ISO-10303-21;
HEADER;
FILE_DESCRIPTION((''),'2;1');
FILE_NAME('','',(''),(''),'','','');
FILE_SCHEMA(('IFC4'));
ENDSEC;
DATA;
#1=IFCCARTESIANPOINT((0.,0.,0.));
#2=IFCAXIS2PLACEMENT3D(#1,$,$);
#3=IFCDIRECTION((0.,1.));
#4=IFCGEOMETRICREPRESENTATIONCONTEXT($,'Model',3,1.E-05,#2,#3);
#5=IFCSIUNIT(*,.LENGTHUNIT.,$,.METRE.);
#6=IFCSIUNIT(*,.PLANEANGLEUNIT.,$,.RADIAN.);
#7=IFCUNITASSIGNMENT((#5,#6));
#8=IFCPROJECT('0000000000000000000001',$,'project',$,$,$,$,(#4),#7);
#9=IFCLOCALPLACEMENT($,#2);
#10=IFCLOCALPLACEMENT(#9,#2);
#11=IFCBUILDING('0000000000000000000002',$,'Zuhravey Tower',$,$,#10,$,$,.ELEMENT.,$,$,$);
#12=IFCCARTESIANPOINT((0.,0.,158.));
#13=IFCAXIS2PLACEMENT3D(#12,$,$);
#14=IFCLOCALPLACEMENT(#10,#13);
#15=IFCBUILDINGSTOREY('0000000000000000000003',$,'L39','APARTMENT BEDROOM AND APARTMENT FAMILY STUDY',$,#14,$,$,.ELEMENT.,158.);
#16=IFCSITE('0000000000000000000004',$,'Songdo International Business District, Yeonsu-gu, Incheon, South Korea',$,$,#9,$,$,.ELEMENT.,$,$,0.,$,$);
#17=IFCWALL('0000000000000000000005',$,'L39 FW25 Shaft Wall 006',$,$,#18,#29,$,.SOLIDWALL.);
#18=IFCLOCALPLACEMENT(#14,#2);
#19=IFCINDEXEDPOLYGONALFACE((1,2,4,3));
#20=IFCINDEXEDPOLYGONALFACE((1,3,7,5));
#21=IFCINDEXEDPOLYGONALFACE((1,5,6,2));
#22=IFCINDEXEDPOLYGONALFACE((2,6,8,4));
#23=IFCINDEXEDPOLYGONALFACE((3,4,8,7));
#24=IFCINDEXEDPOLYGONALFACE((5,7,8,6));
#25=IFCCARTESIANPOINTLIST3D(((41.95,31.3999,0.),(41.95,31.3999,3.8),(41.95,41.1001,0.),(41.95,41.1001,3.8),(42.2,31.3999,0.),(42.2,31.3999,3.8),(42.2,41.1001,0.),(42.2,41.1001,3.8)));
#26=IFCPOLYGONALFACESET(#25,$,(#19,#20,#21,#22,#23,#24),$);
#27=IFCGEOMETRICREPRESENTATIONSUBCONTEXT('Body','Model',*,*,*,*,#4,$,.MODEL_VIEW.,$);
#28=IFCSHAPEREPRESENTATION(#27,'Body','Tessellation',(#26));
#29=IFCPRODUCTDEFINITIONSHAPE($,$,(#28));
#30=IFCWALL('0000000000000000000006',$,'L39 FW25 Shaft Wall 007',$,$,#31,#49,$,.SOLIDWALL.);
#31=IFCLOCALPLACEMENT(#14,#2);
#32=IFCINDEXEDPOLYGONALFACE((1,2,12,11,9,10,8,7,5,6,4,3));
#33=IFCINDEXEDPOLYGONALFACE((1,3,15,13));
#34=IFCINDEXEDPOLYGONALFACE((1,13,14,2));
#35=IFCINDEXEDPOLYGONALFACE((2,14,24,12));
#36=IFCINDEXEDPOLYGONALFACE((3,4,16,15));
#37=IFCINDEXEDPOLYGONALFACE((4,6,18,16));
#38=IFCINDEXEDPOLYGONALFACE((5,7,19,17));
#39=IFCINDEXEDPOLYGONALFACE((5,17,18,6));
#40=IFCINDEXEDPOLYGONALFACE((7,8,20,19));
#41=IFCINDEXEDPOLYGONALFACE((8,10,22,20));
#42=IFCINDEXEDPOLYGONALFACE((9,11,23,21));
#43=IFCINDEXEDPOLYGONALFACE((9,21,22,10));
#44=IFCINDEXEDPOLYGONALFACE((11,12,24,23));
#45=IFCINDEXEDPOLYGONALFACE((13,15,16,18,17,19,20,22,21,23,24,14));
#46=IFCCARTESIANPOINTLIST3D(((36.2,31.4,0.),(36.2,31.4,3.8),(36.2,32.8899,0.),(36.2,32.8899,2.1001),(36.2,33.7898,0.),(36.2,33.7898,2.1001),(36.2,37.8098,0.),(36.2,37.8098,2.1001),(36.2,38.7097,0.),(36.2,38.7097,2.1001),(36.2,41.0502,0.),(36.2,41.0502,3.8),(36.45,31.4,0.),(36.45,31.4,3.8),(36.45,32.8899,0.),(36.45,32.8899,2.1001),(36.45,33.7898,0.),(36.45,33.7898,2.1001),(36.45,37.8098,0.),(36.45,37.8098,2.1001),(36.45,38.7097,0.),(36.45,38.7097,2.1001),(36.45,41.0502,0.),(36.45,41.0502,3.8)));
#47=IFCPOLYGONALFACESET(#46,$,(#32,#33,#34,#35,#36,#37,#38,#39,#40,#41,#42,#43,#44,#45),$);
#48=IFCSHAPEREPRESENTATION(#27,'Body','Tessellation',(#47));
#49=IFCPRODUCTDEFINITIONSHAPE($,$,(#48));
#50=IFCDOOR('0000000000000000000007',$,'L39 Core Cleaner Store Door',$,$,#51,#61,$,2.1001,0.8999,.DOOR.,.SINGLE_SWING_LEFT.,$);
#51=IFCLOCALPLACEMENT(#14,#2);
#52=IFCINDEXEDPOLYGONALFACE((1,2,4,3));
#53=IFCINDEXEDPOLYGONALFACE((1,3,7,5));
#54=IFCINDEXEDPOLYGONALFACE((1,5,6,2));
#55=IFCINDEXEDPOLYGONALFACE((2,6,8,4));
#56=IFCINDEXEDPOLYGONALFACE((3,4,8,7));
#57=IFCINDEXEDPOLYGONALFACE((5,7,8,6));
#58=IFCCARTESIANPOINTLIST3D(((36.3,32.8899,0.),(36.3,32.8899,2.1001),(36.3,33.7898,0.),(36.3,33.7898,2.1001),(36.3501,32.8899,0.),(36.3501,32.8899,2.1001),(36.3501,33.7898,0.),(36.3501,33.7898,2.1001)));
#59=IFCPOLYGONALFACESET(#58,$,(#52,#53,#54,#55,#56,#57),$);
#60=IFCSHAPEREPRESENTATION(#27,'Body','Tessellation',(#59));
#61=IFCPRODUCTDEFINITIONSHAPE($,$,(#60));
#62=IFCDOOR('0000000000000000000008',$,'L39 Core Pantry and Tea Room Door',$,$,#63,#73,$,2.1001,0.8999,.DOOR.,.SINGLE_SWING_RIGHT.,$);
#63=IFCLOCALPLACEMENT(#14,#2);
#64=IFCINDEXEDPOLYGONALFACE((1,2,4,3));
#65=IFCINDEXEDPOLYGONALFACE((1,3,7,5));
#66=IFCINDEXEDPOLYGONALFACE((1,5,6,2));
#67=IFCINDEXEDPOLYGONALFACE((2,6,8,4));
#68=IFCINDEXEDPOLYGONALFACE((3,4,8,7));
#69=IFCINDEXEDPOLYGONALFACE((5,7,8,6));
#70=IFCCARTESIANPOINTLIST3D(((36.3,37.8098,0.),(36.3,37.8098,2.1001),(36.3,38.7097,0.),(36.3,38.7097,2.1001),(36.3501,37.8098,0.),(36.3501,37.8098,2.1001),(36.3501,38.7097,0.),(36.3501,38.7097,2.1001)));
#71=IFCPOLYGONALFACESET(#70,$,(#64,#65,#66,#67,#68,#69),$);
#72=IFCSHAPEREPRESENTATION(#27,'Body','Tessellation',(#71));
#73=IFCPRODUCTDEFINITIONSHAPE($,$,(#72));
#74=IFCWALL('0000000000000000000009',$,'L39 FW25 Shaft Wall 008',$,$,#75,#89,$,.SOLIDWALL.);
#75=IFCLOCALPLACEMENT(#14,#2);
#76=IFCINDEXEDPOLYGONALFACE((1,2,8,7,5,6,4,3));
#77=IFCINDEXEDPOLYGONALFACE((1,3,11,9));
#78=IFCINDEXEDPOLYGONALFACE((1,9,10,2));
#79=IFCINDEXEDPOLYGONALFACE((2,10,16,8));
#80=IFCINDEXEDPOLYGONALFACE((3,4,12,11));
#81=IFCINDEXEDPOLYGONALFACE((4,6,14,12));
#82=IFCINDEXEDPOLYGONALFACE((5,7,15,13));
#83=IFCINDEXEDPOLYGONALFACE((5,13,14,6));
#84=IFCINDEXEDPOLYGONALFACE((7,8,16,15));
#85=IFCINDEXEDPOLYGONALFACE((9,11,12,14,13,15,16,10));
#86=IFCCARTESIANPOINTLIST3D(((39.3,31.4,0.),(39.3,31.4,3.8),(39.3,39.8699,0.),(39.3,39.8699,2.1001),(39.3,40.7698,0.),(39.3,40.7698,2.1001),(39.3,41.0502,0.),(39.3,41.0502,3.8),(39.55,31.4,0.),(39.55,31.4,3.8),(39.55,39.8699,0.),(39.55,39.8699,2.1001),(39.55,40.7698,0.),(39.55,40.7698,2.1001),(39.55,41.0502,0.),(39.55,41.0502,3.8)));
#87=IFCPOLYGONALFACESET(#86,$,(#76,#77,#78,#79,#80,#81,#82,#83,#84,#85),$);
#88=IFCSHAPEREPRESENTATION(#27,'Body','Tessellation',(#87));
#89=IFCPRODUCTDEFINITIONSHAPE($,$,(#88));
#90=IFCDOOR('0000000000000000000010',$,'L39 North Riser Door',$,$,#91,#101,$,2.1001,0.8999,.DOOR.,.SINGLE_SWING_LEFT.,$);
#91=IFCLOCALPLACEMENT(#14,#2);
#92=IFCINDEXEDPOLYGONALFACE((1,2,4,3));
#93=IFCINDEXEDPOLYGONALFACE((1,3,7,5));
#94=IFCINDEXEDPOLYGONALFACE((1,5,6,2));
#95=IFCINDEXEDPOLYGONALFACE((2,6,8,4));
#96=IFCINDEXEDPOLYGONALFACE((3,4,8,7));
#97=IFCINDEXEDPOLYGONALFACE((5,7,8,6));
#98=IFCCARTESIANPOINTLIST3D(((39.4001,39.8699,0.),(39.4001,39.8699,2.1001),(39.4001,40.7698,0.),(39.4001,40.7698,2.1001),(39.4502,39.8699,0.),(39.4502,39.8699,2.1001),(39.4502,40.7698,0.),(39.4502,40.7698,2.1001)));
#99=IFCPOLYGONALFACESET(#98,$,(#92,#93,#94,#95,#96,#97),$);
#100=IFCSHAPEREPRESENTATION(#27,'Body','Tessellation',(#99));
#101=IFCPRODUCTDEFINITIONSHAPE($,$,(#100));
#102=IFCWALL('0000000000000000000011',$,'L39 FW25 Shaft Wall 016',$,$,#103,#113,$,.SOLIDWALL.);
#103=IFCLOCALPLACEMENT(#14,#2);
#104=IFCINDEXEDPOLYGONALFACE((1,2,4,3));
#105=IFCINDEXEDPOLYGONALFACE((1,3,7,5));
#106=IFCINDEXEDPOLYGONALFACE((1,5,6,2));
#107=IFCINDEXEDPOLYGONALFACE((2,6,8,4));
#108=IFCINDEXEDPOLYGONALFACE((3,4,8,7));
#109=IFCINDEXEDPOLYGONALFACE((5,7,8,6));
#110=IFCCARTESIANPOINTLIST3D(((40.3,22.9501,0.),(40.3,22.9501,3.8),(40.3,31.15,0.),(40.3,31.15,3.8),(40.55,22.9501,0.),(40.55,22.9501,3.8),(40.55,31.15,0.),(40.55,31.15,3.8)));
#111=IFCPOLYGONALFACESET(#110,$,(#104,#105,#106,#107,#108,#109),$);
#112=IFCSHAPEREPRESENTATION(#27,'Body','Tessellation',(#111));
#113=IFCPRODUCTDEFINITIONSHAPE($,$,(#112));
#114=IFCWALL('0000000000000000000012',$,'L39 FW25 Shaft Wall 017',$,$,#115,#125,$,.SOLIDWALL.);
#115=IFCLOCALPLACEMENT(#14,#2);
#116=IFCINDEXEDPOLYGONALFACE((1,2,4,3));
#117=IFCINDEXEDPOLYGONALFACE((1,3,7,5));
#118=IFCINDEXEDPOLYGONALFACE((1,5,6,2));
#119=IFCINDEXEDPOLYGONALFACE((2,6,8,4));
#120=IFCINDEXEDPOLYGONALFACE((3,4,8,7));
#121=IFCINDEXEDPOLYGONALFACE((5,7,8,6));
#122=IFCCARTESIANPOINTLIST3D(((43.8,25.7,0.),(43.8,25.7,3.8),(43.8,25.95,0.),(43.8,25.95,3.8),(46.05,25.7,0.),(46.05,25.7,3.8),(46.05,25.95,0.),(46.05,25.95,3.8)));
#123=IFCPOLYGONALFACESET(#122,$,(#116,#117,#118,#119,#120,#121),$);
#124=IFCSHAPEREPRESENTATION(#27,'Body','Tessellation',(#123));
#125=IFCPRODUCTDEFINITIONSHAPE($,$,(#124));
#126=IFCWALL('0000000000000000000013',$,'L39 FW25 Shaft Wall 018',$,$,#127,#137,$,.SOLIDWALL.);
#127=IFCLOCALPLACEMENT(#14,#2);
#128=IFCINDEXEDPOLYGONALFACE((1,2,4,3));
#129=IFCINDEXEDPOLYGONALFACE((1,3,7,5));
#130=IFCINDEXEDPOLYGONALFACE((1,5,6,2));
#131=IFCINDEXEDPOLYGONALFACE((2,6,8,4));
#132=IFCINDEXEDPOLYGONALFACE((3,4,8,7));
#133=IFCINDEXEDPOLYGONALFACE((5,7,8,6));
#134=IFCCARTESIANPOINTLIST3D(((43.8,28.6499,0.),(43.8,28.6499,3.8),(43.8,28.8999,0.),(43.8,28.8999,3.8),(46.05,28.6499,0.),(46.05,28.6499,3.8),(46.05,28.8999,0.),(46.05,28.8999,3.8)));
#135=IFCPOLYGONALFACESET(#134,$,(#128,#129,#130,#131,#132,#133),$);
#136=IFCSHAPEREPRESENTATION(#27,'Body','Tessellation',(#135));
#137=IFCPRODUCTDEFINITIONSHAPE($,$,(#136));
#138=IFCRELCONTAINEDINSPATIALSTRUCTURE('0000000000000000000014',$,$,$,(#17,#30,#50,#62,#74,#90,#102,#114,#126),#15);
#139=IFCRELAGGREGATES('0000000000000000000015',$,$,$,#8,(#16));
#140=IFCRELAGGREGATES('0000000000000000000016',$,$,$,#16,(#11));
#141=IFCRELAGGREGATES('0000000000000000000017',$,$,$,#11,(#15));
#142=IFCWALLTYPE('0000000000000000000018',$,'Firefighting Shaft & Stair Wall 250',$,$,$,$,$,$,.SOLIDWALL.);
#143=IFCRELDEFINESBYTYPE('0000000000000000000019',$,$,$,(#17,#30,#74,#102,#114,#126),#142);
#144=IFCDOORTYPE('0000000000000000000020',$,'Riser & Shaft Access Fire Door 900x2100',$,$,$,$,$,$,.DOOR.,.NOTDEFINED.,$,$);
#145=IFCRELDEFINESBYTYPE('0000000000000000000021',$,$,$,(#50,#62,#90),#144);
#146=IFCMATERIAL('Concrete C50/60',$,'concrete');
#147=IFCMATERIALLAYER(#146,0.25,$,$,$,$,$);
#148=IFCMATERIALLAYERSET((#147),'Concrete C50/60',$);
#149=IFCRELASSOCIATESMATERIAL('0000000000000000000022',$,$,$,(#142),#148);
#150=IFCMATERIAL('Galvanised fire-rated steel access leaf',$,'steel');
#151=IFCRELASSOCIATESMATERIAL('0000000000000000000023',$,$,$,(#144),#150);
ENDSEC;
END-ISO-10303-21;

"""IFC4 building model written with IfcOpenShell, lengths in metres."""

from ifc_helpers import new_model, si_unit, direction, frame, frame_2d, origin, place, context, subcontext, project, spatial, rectangle, extrude, material, layer, layer_set, type_object, element, fill, save


model = new_model("IFC4")

# Units and contexts
model_context = context("Model", 3, precision=1e-05, world=origin(), true_north=direction((0.0, 1.0)))
body_context = subcontext(model_context, "Body", "Model", "MODEL_VIEW")
ifc_project = project(units=[si_unit("LENGTHUNIT", "METRE"), si_unit("PLANEANGLEUNIT", "RADIAN")], contexts=[model_context])

# Site, building, storey
site_placement = place(None, origin())
site = spatial("IfcSite", under=ifc_project, at=site_placement, Name="Songdo International Business District, Yeonsu-gu, Incheon, South Korea", CompositionType="ELEMENT", RefElevation=0.0)
building_placement = place(site_placement, origin())
building = spatial("IfcBuilding", under=site, at=building_placement, Name="Zuhravey Tower", CompositionType="ELEMENT")
storey_placement = place(building_placement, frame((0.0, 0.0, 158.0)))
storey = spatial("IfcBuildingStorey", under=building, at=storey_placement, Name="L39", Description="APARTMENT BEDROOM AND APARTMENT FAMILY STUDY", CompositionType="ELEMENT", Elevation=158.0)

# Wall
ifc_material_1 = material(Name="Concrete C50/60", Category="concrete")
ifc_layer_1 = layer(ifc_material_1, 0.25)
ifc_layer_set_1 = layer_set([ifc_layer_1], Name="Concrete C50/60")
wall_type_1 = type_object("IfcWallType", Name="Firefighting Shaft & Stair Wall 250", PredefinedType="SOLIDWALL", material=ifc_layer_set_1)
wall_1_placement = place(storey_placement, frame((42.075, 31.3999, 0.0), z_axis=(0.0, 0.0, 1.0), x_axis=(0.0, 1.0, 0.0)))
element("IfcWall", 1, at=wall_1_placement, inside=storey, type_object=wall_type_1, Name="L39 FW25 Shaft Wall 006", PredefinedType="SOLIDWALL", context=body_context, shape_type="SweptSolid", body=[
    extrude(rectangle(XDim=9.7002, YDim=0.25, at=frame_2d((4.8501, 0.0))), origin(), (0.0, 0.0, 1.0), 3.8),
])

# Wall, openings, doors
wall_2_placement = place(storey_placement, frame((36.325, 31.3999, 0.0), z_axis=(0.0, 0.0, 1.0), x_axis=(0.0, 1.0, 0.0)))
wall_2 = element("IfcWall", 2, at=wall_2_placement, inside=storey, type_object=wall_type_1, Name="L39 FW25 Shaft Wall 007", PredefinedType="SOLIDWALL", context=body_context, shape_type="SweptSolid", body=[
    extrude(rectangle(XDim=9.6501, YDim=0.25, at=frame_2d((4.8252, 0.0))), origin(), (0.0, 0.0, 1.0), 3.8),
])
opening_1_placement = place(wall_2_placement, frame((1.49, 0.0, 0.0)))
opening_1 = element("IfcOpeningElement", 3, at=opening_1_placement, cuts=wall_2, PredefinedType="OPENING", context=body_context, shape_type="SweptSolid", body=[
    extrude(rectangle(XDim=0.8999, YDim=2.1001, at=frame_2d((0.45, 1.05))), frame((0.0, 0.137, 0.0), z_axis=(0.0, -1.0, 0.0), x_axis=(1.0, 0.0, 0.0)), (0.0, 0.0, 1.0), 0.2739),
])
opening_2_placement = place(wall_2_placement, frame((6.4099, 0.0, 0.0)))
opening_2 = element("IfcOpeningElement", 4, at=opening_2_placement, cuts=wall_2, PredefinedType="OPENING", context=body_context, shape_type="SweptSolid", body=[
    extrude(rectangle(XDim=0.8999, YDim=2.1001, at=frame_2d((0.45, 1.05))), frame((0.0, 0.137, 0.0), z_axis=(0.0, -1.0, 0.0), x_axis=(1.0, 0.0, 0.0)), (0.0, 0.0, 1.0), 0.2739),
])
ifc_material_2 = material(Name="Galvanised fire-rated steel access leaf", Category="steel")
door_type_1 = type_object("IfcDoorType", Name="Riser & Shaft Access Fire Door 900x2100", OperationType="NOTDEFINED", PredefinedType="DOOR", material=ifc_material_2)
door_1_placement = place(opening_1_placement, origin())
door_1 = element("IfcDoor", 5, at=door_1_placement, inside=storey, type_object=door_type_1, Name="L39 Core Cleaner Store Door", OperationType="SINGLE_SWING_LEFT", OverallHeight=2.1001, OverallWidth=0.8999, PredefinedType="DOOR", context=body_context, shape_type="SweptSolid", body=[
    extrude(rectangle(XDim=0.8999, YDim=2.1001, at=frame_2d((0.45, 1.05))), frame((0.0, 0.0249, 0.0), z_axis=(0.0, -1.0, 0.0), x_axis=(1.0, 0.0, 0.0)), (0.0, 0.0, 1.0), 0.05),
])
fill(opening_1, door_1)
door_2_placement = place(opening_2_placement, origin())
door_2 = element("IfcDoor", 6, at=door_2_placement, inside=storey, type_object=door_type_1, Name="L39 Core Pantry and Tea Room Door", OperationType="SINGLE_SWING_RIGHT", OverallHeight=2.1001, OverallWidth=0.8999, PredefinedType="DOOR", context=body_context, shape_type="SweptSolid", body=[
    extrude(rectangle(XDim=0.8999, YDim=2.1001, at=frame_2d((0.45, 1.05))), frame((0.0, 0.0249, 0.0), z_axis=(0.0, -1.0, 0.0), x_axis=(1.0, 0.0, 0.0)), (0.0, 0.0, 1.0), 0.05),
])
fill(opening_2, door_2)

# Wall, opening, door
wall_3_placement = place(storey_placement, frame((39.425, 31.3999, 0.0), z_axis=(0.0, 0.0, 1.0), x_axis=(0.0, 1.0, 0.0)))
wall_3 = element("IfcWall", 7, at=wall_3_placement, inside=storey, type_object=wall_type_1, Name="L39 FW25 Shaft Wall 008", PredefinedType="SOLIDWALL", context=body_context, shape_type="SweptSolid", body=[
    extrude(rectangle(XDim=9.6501, YDim=0.25, at=frame_2d((4.8252, 0.0))), origin(), (0.0, 0.0, 1.0), 3.8),
])
opening_3_placement = place(wall_3_placement, frame((8.47, 0.0, 0.0)))
opening_3 = element("IfcOpeningElement", 8, at=opening_3_placement, cuts=wall_3, PredefinedType="OPENING", context=body_context, shape_type="SweptSolid", body=[
    extrude(rectangle(XDim=0.8999, YDim=2.1001, at=frame_2d((0.45, 1.05))), frame((0.0, 0.137, 0.0), z_axis=(0.0, -1.0, 0.0), x_axis=(1.0, 0.0, 0.0)), (0.0, 0.0, 1.0), 0.2739),
])
door_3_placement = place(opening_3_placement, origin())
door_3 = element("IfcDoor", 9, at=door_3_placement, inside=storey, type_object=door_type_1, Name="L39 North Riser Door", OperationType="SINGLE_SWING_LEFT", OverallHeight=2.1001, OverallWidth=0.8999, PredefinedType="DOOR", context=body_context, shape_type="SweptSolid", body=[
    extrude(rectangle(XDim=0.8999, YDim=2.1001, at=frame_2d((0.45, 1.05))), frame((0.0, 0.0249, 0.0), z_axis=(0.0, -1.0, 0.0), x_axis=(1.0, 0.0, 0.0)), (0.0, 0.0, 1.0), 0.05),
])
fill(opening_3, door_3)

# Walls
wall_4_placement = place(storey_placement, frame((40.425, 22.95, 0.0), z_axis=(0.0, 0.0, 1.0), x_axis=(0.0, 1.0, 0.0)))
element("IfcWall", 10, at=wall_4_placement, inside=storey, type_object=wall_type_1, Name="L39 FW25 Shaft Wall 016", PredefinedType="SOLIDWALL", context=body_context, shape_type="SweptSolid", body=[
    extrude(rectangle(XDim=8.2, YDim=0.25, at=frame_2d((4.1001, 0.0))), origin(), (0.0, 0.0, 1.0), 3.8),
])
for number, where, z_axis, x_axis, name in (
    (11, (43.8, 25.825, 0.0), (0.0, 0.0, 1.0), (1.0, 0.0, 0.0), "L39 FW25 Shaft Wall 017"),
    (12, (43.8, 28.7749, 0.0), (0.0, 0.0, 1.0), (1.0, 0.0, 0.0), "L39 FW25 Shaft Wall 018"),
):
    element("IfcWall", number, at=place(storey_placement, frame(where, z_axis=z_axis, x_axis=x_axis)), inside=storey, type_object=wall_type_1, Name=name, PredefinedType="SOLIDWALL", context=body_context, shape_type="SweptSolid", body=[
        extrude(rectangle(XDim=2.25, YDim=0.25, at=frame_2d((1.125, 0.0))), origin(), (0.0, 0.0, 1.0), 3.8),
    ])

save(model, "model.ifc")
